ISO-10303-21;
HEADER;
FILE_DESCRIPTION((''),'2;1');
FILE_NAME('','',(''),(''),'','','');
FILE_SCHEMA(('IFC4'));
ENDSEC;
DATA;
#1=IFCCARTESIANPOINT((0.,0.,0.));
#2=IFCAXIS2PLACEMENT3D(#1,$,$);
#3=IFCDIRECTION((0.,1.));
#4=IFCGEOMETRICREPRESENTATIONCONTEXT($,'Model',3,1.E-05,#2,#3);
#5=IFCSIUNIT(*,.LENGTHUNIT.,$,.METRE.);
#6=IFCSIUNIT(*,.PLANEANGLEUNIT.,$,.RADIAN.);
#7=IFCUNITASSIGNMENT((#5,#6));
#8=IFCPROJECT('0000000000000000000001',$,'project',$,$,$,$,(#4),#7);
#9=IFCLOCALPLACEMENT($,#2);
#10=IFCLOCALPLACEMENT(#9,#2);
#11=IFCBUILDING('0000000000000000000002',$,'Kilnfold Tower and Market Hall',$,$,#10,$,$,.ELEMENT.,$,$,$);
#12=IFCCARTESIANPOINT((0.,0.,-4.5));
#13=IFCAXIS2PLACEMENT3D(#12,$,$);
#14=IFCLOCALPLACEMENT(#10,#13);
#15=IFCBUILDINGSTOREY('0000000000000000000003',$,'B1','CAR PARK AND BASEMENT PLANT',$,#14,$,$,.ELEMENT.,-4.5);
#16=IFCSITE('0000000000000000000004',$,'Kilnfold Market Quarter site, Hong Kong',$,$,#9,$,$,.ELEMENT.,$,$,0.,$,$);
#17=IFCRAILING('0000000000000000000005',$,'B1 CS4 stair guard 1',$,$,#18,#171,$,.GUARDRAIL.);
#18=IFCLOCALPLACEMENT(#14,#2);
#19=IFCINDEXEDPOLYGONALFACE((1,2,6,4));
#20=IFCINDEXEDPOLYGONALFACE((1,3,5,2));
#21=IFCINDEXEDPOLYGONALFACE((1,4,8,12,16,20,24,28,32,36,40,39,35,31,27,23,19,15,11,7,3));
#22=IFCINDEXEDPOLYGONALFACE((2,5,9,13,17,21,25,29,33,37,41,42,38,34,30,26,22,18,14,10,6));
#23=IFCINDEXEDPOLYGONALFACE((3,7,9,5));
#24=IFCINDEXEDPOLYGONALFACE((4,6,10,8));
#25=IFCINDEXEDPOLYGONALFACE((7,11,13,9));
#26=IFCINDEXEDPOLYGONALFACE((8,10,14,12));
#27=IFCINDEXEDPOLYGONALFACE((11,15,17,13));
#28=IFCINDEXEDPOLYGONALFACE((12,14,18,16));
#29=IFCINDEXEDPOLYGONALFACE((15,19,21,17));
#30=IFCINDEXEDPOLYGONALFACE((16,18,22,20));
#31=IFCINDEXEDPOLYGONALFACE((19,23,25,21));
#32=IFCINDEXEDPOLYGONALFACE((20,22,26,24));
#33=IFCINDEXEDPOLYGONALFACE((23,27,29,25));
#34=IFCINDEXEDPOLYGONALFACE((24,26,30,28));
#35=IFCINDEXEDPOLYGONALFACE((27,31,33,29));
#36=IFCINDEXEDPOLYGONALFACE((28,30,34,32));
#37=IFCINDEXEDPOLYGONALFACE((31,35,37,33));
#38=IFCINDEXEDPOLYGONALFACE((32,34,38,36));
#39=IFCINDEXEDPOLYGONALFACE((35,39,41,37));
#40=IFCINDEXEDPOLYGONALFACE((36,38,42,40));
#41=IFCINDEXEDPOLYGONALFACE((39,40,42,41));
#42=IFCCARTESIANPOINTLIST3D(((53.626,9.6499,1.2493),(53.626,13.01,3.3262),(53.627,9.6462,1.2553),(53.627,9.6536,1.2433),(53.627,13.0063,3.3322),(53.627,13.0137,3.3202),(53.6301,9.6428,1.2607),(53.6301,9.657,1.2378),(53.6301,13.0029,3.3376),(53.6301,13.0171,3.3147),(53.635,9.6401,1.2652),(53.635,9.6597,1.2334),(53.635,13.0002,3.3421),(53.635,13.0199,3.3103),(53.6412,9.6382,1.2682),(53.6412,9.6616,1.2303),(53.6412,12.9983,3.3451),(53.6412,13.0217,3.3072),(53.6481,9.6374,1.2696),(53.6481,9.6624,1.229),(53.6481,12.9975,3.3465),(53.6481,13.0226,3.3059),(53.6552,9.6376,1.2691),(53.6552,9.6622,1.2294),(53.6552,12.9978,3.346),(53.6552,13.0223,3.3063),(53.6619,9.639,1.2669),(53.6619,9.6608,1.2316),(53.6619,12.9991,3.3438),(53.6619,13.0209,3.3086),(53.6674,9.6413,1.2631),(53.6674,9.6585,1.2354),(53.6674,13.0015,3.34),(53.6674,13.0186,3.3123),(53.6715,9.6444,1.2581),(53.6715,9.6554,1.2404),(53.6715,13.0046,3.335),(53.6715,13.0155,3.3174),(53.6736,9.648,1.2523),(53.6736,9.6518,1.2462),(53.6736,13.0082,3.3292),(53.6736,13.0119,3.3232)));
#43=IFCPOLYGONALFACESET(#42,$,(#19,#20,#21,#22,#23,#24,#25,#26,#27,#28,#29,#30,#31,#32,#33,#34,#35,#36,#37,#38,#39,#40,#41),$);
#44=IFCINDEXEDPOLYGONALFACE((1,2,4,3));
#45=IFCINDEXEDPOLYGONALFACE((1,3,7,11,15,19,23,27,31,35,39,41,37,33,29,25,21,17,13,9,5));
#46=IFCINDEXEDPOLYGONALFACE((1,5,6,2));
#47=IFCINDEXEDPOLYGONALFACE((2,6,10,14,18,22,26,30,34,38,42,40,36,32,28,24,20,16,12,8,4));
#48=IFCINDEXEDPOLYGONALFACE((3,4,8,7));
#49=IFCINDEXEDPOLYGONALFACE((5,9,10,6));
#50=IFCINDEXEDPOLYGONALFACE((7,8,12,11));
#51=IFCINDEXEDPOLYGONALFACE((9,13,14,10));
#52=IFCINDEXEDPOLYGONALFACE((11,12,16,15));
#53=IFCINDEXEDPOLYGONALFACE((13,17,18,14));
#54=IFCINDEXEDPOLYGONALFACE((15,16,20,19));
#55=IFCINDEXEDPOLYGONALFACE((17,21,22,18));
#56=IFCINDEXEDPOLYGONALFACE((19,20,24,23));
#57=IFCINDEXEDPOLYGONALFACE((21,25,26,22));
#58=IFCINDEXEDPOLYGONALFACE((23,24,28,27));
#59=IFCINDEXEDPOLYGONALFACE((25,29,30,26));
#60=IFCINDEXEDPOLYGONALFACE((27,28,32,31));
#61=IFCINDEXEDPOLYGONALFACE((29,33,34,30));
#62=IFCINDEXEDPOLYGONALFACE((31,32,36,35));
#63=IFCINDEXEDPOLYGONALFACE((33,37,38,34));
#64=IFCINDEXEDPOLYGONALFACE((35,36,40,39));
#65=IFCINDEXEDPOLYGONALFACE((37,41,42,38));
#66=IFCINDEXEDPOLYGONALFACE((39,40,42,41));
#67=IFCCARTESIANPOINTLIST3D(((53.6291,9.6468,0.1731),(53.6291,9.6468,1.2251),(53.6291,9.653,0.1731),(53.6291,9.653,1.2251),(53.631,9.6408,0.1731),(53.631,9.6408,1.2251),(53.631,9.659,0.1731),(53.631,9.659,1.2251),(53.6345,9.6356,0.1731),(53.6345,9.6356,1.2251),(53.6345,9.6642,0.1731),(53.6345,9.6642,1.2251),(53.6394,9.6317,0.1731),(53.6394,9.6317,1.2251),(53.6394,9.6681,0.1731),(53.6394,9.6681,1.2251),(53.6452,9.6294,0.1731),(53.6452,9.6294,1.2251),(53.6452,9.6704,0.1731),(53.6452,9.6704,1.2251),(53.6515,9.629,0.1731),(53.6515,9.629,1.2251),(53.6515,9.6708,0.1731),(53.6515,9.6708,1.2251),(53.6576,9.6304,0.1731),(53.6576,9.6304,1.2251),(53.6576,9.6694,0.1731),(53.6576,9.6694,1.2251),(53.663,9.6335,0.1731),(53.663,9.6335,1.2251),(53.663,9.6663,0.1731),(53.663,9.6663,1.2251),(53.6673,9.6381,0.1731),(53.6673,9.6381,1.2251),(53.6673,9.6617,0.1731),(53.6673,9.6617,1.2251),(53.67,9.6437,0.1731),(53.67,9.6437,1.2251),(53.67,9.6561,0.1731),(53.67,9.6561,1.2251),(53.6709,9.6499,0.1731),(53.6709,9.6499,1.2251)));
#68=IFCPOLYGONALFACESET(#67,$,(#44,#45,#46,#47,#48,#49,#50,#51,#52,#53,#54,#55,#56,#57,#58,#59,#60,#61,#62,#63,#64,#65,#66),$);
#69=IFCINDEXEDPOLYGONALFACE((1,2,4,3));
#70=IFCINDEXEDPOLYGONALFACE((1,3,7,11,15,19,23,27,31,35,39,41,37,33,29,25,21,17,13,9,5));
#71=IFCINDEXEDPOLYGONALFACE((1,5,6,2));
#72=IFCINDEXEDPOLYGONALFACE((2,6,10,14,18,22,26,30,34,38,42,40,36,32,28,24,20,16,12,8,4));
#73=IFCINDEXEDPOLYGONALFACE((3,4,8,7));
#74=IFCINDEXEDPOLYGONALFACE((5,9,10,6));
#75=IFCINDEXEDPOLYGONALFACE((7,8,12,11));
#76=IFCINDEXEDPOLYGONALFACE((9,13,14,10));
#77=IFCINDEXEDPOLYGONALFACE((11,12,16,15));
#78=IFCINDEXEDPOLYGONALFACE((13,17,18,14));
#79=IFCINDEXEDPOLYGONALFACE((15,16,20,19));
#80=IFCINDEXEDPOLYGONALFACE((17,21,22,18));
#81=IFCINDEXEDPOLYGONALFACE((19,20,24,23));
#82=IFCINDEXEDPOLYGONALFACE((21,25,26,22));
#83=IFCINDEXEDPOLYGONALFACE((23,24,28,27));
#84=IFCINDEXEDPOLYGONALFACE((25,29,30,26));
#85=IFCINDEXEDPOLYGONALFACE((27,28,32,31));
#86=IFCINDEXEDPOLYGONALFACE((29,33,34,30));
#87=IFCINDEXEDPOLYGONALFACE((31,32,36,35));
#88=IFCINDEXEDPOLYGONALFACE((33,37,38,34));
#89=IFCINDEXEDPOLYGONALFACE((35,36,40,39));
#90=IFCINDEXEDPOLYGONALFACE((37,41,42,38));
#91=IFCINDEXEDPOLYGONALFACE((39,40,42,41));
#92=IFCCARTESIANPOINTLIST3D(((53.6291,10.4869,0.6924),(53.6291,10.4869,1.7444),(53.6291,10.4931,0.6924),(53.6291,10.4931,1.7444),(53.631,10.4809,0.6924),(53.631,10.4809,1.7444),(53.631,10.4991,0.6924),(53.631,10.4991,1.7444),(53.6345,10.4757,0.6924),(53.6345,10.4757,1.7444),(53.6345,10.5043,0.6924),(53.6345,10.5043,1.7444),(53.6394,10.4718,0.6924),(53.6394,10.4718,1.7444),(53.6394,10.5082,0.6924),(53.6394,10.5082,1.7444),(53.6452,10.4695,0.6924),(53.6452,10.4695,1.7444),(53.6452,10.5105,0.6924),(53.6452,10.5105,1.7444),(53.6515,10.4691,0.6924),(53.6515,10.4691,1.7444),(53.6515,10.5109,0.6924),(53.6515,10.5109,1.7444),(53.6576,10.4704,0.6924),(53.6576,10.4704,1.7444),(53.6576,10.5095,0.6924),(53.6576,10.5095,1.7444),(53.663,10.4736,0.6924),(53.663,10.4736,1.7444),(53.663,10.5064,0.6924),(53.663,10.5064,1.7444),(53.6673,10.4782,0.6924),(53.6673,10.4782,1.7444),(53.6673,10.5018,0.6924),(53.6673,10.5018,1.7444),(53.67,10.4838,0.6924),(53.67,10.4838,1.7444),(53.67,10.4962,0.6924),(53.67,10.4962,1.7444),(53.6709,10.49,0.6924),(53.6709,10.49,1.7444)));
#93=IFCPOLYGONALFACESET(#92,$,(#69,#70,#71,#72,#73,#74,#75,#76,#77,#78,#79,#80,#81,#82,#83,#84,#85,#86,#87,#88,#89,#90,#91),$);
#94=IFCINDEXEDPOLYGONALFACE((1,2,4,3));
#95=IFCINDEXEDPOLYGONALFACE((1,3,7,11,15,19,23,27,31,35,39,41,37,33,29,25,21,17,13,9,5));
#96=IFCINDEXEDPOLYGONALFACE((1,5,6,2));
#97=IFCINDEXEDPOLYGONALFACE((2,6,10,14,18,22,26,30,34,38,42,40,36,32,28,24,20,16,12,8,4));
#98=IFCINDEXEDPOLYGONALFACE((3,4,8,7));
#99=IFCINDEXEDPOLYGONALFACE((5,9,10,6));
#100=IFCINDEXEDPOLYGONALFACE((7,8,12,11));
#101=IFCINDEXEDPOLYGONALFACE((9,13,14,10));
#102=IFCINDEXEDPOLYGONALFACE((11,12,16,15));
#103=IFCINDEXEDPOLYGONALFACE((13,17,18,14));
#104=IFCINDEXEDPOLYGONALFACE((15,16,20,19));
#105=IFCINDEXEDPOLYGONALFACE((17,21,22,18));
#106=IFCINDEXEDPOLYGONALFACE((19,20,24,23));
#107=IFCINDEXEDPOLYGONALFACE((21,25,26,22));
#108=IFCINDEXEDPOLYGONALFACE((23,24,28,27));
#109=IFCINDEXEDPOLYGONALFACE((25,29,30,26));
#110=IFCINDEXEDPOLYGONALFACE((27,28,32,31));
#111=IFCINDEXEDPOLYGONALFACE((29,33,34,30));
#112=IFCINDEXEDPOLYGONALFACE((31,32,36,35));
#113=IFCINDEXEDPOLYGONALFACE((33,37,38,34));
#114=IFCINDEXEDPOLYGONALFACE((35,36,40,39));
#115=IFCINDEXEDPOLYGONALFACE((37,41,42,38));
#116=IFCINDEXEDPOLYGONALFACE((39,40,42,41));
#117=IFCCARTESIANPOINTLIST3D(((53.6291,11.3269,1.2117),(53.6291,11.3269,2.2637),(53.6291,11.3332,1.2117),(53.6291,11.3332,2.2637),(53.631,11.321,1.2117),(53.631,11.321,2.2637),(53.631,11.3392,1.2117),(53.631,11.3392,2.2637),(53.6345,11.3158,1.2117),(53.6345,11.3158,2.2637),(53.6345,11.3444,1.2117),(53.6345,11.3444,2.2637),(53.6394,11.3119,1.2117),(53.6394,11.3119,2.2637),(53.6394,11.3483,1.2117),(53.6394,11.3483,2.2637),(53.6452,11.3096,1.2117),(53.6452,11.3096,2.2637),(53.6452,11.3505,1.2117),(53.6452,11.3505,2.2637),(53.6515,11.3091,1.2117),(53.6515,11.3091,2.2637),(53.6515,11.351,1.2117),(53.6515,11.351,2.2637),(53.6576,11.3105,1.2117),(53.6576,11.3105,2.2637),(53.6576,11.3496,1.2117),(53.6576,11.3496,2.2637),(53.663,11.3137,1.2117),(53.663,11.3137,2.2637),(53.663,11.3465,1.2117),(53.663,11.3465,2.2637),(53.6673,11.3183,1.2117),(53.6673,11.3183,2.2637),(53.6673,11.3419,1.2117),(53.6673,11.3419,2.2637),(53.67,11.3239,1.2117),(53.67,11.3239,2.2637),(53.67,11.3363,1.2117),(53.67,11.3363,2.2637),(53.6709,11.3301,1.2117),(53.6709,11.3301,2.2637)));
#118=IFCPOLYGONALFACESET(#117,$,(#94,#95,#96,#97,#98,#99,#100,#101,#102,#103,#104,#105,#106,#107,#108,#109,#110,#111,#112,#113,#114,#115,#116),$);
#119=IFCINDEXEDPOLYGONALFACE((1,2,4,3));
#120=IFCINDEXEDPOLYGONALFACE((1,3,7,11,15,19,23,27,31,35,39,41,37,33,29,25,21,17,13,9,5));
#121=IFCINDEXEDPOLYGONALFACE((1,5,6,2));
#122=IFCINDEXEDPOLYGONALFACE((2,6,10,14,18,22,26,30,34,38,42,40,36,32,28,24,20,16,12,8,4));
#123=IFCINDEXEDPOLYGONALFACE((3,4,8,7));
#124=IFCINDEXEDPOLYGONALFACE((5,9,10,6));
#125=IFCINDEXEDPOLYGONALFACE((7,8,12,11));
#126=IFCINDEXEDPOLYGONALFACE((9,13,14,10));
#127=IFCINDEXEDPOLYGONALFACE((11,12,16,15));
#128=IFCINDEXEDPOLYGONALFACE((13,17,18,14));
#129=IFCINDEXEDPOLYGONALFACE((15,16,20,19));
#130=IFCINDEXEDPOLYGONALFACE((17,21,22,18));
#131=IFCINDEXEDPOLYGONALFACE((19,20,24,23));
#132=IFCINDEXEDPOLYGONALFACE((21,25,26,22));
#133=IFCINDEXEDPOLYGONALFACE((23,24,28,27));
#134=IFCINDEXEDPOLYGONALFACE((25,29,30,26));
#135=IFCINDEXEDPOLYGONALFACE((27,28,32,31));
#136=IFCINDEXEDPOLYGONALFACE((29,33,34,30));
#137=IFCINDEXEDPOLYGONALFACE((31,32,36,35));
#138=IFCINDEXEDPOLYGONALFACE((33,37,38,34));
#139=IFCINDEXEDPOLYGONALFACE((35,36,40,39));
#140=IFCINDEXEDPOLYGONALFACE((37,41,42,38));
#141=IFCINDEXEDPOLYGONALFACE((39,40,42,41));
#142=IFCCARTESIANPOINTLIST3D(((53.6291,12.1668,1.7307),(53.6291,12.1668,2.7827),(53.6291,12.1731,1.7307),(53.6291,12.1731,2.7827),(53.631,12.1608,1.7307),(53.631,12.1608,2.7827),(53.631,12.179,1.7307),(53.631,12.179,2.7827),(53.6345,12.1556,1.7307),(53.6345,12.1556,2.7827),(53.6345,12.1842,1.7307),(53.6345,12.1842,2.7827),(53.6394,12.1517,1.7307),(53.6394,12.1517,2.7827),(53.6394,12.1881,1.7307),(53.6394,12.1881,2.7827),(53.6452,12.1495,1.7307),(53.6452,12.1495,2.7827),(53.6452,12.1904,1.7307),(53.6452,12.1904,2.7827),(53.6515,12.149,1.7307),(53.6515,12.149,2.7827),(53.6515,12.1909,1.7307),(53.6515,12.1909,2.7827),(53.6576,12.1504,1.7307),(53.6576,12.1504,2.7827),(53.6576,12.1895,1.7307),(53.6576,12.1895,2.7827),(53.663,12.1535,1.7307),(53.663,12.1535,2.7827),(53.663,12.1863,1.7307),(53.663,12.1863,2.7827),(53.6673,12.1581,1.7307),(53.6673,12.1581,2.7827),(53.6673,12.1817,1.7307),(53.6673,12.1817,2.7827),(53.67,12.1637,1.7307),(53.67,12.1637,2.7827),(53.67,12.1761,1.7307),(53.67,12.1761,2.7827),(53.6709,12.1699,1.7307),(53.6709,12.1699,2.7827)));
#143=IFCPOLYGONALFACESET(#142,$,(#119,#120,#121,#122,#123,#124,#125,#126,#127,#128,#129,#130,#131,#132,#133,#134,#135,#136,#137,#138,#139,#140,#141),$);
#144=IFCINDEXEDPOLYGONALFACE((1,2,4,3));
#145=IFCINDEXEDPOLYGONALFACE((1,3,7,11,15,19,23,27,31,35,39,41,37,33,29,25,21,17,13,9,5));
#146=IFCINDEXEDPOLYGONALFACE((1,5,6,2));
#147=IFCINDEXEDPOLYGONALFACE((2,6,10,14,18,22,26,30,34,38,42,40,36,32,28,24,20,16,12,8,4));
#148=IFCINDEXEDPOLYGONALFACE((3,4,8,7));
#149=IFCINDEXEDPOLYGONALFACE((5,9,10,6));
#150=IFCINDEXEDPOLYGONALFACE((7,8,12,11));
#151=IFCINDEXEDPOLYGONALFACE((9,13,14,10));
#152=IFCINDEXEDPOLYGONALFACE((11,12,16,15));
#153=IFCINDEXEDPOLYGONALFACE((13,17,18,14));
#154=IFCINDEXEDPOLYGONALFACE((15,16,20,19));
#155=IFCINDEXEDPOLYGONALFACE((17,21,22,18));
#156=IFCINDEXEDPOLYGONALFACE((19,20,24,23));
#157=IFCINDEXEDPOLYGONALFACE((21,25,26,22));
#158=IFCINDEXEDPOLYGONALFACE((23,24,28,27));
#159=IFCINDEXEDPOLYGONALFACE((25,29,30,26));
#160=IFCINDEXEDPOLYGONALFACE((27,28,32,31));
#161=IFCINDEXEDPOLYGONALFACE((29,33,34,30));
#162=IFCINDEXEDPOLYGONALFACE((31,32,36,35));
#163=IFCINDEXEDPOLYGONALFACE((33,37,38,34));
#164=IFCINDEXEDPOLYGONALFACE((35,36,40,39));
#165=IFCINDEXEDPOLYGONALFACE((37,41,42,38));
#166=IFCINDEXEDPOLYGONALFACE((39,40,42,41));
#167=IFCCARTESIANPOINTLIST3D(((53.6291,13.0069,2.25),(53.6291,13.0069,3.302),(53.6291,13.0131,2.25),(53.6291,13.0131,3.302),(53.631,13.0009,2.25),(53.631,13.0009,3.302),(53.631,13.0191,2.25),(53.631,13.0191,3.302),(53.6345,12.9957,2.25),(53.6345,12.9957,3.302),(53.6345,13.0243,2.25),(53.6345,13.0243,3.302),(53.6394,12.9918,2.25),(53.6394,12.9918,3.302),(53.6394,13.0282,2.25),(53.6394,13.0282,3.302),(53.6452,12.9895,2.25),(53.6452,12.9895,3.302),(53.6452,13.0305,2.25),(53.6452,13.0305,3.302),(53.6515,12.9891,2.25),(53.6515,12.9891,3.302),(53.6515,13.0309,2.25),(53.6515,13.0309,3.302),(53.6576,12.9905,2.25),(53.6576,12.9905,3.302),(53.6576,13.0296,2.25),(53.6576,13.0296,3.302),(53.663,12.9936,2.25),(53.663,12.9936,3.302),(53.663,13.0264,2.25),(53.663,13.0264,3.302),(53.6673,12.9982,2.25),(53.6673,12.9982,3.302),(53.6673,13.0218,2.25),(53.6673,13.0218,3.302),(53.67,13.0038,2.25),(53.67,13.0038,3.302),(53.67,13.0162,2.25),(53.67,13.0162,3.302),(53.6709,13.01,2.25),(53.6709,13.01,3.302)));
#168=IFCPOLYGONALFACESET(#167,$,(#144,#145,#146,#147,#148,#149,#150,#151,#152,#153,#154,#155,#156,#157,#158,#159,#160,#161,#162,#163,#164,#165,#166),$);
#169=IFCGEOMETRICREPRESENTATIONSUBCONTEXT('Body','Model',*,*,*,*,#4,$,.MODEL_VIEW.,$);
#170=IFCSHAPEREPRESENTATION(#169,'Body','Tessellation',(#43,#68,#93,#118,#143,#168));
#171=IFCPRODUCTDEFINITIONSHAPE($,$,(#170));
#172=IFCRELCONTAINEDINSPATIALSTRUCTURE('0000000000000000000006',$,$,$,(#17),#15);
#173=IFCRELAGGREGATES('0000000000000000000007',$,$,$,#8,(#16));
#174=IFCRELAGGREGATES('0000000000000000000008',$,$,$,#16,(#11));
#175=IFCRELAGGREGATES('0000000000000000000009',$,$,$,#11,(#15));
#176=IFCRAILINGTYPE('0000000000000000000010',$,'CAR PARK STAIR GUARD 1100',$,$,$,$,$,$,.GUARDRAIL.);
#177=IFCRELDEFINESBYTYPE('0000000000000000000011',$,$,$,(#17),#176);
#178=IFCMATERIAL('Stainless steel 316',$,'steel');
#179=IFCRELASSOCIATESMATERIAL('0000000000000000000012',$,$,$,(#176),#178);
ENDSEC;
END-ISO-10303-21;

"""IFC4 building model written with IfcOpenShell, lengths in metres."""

from ifc_helpers import new_model, si_unit, direction, frame, origin, origin_2d, place, context, subcontext, project, spatial, circle, extrude, material, type_object, element, save


model = new_model("IFC4")

# Units and contexts
model_context = context("Model", 3, precision=1e-05, world=origin(), true_north=direction((0.0, 1.0)))
body_context = subcontext(model_context, "Body", "Model", "MODEL_VIEW")
ifc_project = project(units=[si_unit("LENGTHUNIT", "METRE"), si_unit("PLANEANGLEUNIT", "RADIAN")], contexts=[model_context])

# Site, building, storey
site_placement = place(None, origin())
site = spatial("IfcSite", under=ifc_project, at=site_placement, Name="Kilnfold Market Quarter site, Hong Kong", CompositionType="ELEMENT", RefElevation=0.0)
building_placement = place(site_placement, origin())
building = spatial("IfcBuilding", under=site, at=building_placement, Name="Kilnfold Tower and Market Hall", CompositionType="ELEMENT")
storey_placement = place(building_placement, frame((0.0, 0.0, -4.5)))
storey = spatial("IfcBuildingStorey", under=building, at=storey_placement, Name="B1", Description="CAR PARK AND BASEMENT PLANT", CompositionType="ELEMENT", Elevation=-4.5)

# Railing
ifc_material_1 = material(Name="Stainless steel 316", Category="steel")
railing_type_1 = type_object("IfcRailingType", Name="CAR PARK STAIR GUARD 1100", PredefinedType="GUARDRAIL", material=ifc_material_1)
railing_1_placement = place(storey_placement, frame((53.6499, 9.6499, 0.1731)))
element("IfcRailing", 1, at=railing_1_placement, inside=storey, type_object=railing_type_1, Name="B1 CS4 stair guard 1", PredefinedType="GUARDRAIL", context=body_context, shape_type="SweptSolid", body=[
    extrude(circle(Radius=0.0239, at=origin_2d()), frame((0.0, 0.0, 1.0762), z_axis=(0.0, 0.850623, 0.525776), x_axis=(-1.0, 0.0, 0.0)), (0.0, 0.0, 1.0), 3.9502),
    extrude(circle(Radius=0.021, at=origin_2d()), origin(), (0.0, 0.0, 1.0), 1.052),
    extrude(circle(Radius=0.021, at=origin_2d()), frame((0.0, 0.8401, 0.5193)), (0.0, 0.0, 1.0), 1.052),
    extrude(circle(Radius=0.021, at=origin_2d()), frame((0.0, 1.6802, 1.0386)), (0.0, 0.0, 1.0), 1.052),
    extrude(circle(Radius=0.021, at=origin_2d()), frame((0.0, 2.52, 1.5576)), (0.0, 0.0, 1.0), 1.052),
    extrude(circle(Radius=0.021, at=origin_2d()), frame((0.0, 3.3601, 2.0769)), (0.0, 0.0, 1.0), 1.052),
])

save(model, "model.ifc")
